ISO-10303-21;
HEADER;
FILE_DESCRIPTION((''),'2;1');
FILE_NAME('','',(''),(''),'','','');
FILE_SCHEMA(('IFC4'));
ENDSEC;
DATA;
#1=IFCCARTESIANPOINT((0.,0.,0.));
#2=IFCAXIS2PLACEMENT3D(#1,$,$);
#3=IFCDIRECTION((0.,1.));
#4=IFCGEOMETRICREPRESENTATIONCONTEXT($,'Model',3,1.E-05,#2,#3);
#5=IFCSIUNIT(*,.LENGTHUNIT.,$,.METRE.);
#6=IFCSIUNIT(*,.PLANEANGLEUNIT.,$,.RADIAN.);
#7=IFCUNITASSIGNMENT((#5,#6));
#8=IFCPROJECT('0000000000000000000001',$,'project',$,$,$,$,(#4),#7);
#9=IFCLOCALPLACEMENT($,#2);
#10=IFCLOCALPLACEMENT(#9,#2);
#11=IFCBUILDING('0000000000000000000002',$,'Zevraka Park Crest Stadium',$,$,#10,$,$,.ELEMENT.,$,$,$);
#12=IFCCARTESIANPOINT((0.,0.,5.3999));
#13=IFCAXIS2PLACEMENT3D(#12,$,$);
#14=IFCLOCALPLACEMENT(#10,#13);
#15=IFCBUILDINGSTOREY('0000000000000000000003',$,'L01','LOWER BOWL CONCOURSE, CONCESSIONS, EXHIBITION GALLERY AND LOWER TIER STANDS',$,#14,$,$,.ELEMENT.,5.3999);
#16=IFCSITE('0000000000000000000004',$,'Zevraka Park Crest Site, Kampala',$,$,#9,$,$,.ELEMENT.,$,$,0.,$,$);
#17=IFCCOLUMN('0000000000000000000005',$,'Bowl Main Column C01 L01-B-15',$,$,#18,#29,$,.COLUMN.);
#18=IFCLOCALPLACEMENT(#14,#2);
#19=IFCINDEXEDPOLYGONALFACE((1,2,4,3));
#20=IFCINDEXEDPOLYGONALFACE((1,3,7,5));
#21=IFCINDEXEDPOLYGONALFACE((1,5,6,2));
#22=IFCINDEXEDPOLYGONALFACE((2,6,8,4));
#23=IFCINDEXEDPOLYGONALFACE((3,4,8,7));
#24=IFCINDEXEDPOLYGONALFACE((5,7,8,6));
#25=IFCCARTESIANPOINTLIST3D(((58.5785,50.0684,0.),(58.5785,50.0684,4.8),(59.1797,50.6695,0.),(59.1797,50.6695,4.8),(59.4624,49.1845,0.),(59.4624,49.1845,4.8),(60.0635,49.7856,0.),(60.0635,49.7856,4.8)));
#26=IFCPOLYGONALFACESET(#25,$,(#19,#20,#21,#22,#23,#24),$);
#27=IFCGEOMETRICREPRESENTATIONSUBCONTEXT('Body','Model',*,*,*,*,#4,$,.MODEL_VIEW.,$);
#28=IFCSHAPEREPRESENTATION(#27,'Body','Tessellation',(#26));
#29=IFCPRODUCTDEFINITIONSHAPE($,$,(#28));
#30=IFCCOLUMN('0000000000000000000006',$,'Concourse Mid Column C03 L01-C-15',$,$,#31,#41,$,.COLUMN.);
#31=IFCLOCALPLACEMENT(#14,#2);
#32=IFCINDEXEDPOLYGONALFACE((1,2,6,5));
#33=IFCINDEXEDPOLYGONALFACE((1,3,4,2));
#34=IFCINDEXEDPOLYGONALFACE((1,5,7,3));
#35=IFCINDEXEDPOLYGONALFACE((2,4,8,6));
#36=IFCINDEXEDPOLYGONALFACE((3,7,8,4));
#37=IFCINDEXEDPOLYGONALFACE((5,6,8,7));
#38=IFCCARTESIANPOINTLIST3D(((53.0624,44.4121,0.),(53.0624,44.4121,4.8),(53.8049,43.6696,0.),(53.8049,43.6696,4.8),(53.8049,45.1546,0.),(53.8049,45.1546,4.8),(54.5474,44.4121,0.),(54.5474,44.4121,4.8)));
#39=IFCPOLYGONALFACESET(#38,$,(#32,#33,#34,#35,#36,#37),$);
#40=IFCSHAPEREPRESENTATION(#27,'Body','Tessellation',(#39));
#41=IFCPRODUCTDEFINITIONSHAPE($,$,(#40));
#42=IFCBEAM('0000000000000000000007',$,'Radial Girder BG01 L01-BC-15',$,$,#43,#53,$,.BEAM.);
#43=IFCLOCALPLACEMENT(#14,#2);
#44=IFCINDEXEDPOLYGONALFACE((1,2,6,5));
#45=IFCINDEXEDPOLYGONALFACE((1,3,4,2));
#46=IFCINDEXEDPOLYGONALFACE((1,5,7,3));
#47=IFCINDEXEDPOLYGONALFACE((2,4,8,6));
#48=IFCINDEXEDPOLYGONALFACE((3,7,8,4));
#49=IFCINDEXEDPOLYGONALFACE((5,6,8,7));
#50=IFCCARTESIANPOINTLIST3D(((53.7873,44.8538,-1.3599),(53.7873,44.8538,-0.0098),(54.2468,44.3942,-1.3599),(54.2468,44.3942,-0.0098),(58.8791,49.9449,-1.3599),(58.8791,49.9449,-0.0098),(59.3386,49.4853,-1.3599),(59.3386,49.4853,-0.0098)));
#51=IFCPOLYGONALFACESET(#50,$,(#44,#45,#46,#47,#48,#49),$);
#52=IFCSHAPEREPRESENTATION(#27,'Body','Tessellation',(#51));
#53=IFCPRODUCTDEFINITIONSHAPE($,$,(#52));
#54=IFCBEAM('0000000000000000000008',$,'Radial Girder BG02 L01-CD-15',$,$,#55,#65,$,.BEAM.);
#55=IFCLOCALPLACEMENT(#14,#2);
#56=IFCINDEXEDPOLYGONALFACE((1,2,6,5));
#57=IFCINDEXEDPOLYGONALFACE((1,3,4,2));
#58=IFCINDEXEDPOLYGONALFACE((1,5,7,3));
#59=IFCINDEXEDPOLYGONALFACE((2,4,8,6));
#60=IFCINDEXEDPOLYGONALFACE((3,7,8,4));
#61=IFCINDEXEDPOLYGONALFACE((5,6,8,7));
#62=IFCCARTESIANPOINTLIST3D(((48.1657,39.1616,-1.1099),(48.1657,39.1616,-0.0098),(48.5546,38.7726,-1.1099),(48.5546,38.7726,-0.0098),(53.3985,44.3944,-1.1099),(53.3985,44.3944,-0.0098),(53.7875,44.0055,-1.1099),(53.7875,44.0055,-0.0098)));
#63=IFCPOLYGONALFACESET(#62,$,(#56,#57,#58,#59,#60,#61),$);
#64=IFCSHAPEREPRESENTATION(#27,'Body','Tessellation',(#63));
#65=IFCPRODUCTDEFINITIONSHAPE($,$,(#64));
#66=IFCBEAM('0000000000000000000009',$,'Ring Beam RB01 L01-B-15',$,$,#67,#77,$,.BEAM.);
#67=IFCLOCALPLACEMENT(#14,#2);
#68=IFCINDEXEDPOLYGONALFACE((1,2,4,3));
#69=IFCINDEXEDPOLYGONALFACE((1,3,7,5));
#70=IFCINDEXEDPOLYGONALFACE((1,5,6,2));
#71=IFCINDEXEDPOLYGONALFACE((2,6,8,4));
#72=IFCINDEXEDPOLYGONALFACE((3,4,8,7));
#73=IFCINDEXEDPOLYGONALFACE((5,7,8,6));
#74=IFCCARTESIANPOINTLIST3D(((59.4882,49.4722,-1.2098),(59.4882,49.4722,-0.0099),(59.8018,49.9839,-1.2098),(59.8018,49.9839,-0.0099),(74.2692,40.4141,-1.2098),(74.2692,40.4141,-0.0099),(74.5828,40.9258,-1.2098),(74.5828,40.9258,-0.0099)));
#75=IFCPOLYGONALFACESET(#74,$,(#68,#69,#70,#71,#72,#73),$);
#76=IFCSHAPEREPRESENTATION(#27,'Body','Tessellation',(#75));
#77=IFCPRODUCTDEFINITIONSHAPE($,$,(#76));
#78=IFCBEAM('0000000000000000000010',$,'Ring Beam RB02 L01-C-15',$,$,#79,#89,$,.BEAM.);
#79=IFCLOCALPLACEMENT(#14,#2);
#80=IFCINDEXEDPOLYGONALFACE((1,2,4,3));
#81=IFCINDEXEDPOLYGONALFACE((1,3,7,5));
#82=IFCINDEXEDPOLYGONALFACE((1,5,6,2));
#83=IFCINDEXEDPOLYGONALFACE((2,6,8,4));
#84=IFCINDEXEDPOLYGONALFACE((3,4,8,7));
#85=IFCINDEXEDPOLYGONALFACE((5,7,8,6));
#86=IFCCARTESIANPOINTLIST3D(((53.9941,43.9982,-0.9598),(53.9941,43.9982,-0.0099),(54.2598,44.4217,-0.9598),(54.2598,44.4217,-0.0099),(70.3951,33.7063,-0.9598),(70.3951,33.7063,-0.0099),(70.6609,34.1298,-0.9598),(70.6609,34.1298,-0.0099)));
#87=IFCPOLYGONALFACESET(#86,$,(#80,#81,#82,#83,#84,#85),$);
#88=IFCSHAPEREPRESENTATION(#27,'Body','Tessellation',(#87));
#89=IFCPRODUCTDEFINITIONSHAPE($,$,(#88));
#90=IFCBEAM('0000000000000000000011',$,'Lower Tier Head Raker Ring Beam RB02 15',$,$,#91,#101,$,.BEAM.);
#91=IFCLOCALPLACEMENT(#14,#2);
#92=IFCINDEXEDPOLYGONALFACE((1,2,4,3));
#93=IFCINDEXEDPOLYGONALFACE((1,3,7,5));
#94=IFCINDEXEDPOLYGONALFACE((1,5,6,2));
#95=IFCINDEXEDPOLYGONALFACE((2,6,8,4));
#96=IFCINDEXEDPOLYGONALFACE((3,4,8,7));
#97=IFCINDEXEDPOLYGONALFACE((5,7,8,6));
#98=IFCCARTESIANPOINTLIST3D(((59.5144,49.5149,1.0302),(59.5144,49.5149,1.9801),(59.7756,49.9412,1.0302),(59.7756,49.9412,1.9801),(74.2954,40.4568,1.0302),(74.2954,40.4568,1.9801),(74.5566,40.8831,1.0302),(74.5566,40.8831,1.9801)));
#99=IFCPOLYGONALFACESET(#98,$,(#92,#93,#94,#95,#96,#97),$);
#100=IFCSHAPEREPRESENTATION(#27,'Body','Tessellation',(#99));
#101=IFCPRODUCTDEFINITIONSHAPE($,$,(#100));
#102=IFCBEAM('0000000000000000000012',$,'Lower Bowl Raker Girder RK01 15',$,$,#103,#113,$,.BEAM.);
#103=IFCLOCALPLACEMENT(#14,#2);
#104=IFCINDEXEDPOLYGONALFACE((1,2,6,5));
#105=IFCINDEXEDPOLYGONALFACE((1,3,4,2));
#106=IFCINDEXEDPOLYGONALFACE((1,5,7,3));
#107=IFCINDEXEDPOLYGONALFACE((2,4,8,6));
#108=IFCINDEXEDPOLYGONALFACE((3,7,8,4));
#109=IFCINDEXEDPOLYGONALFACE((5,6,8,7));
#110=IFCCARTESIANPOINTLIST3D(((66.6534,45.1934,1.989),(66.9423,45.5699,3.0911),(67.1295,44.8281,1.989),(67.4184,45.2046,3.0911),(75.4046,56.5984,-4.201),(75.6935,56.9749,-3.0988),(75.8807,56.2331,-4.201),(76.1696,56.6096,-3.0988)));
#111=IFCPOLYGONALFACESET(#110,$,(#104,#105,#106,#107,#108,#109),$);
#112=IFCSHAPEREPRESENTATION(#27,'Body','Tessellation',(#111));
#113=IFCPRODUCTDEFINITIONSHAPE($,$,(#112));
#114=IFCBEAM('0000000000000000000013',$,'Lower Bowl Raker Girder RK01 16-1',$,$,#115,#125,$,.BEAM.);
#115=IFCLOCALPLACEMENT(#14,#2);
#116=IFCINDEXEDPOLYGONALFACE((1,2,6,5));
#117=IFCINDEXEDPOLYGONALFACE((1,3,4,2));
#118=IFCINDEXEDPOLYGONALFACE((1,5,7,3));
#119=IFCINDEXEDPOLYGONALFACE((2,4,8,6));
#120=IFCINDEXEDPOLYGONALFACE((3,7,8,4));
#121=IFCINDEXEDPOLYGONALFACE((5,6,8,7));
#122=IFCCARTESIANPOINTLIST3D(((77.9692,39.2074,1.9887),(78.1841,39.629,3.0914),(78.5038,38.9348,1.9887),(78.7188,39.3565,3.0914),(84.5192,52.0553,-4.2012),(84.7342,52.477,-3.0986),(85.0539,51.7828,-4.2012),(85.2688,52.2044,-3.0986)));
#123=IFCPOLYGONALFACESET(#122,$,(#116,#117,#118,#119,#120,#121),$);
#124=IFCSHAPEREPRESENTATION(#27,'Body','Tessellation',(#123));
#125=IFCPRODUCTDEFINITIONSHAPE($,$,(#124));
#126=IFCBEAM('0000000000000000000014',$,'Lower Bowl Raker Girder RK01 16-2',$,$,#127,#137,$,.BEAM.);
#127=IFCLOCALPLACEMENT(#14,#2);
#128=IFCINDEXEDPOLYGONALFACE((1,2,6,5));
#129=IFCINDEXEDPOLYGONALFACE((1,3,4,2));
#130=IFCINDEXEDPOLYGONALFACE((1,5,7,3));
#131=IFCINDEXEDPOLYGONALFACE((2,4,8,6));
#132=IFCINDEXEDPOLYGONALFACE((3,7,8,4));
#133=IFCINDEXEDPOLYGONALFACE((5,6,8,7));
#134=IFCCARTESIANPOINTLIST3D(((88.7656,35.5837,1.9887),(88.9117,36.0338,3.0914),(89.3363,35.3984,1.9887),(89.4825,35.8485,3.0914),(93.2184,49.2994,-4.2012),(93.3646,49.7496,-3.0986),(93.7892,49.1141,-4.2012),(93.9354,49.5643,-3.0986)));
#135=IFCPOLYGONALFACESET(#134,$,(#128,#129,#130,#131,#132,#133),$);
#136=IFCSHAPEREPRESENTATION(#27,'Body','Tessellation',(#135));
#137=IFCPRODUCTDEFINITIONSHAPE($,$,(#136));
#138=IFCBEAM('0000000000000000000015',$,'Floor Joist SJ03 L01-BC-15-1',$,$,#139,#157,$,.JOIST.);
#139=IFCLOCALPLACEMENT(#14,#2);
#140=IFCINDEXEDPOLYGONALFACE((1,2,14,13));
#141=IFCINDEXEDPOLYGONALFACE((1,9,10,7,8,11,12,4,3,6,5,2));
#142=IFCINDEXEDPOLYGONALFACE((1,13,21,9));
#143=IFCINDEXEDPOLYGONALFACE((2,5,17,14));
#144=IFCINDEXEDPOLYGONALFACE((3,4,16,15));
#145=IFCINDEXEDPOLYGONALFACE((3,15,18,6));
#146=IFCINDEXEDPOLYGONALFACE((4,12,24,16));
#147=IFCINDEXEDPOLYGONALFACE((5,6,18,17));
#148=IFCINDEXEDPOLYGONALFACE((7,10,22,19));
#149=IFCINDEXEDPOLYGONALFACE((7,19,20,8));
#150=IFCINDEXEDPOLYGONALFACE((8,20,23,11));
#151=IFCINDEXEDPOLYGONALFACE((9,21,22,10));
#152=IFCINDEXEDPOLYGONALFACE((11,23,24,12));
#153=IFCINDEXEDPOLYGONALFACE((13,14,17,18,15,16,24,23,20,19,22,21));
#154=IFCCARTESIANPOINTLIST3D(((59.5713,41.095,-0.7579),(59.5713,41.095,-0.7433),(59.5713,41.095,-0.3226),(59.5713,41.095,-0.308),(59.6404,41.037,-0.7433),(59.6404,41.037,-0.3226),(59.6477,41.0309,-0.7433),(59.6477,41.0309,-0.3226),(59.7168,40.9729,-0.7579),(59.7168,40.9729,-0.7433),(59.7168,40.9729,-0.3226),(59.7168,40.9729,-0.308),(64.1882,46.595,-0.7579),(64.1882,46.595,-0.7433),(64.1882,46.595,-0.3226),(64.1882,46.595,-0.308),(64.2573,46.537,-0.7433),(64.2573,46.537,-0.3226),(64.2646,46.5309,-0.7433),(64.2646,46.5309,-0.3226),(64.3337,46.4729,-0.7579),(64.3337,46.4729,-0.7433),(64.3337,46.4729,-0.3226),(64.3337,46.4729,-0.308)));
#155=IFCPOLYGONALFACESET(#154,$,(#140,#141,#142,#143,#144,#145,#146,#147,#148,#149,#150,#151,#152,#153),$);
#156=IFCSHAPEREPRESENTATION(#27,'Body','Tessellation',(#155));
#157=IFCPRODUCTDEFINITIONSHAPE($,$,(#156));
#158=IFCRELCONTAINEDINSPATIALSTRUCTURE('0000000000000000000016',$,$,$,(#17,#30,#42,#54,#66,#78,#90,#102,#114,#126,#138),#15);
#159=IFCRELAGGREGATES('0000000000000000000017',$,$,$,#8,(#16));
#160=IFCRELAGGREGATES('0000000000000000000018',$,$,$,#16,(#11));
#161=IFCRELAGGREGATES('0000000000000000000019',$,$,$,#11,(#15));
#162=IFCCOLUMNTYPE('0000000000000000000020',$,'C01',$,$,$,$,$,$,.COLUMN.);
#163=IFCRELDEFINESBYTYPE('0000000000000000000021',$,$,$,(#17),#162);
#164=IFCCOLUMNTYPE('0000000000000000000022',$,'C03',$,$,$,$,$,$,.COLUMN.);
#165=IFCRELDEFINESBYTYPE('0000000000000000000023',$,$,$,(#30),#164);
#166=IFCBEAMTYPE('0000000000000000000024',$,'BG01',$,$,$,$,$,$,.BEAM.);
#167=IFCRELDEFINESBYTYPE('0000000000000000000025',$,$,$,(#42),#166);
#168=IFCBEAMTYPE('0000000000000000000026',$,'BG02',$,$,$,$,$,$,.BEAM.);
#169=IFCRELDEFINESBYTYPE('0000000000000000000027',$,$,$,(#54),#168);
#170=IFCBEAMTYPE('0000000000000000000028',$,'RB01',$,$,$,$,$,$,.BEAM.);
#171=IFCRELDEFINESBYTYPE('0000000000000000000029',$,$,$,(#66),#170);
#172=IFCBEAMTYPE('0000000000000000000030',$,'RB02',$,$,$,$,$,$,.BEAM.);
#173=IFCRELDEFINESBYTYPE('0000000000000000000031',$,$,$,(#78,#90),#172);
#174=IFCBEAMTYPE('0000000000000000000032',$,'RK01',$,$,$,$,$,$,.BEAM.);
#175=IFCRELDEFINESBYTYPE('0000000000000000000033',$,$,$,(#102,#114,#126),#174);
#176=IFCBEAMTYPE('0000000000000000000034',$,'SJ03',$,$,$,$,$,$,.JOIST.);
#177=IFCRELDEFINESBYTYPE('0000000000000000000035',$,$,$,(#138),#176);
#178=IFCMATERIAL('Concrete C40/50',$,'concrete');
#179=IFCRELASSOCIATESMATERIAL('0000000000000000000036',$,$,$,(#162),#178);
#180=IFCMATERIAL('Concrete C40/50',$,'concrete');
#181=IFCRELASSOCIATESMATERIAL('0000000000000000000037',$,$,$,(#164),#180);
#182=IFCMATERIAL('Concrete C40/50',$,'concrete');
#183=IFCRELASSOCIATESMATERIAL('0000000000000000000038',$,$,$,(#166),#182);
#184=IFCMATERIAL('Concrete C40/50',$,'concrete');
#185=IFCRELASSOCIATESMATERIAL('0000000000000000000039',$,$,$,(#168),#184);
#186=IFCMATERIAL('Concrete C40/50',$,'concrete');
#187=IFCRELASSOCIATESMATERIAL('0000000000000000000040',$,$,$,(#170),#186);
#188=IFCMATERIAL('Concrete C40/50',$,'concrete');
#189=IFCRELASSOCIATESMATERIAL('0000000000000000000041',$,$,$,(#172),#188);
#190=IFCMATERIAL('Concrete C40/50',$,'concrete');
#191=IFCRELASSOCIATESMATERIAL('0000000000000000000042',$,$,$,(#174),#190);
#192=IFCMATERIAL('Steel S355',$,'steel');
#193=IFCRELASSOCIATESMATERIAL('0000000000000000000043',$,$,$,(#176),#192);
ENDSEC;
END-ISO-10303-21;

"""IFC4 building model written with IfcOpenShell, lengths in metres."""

from ifc_helpers import new_model, si_unit, direction, frame, origin, origin_2d, place, context, subcontext, project, spatial, rectangle, i_section, extrude, material, material_profile, profile_set, type_object, element, save


model = new_model("IFC4")

# Units and contexts
model_context = context("Model", 3, precision=1e-05, world=origin(), true_north=direction((0.0, 1.0)))
body_context = subcontext(model_context, "Body", "Model", "MODEL_VIEW")
ifc_project = project(units=[si_unit("LENGTHUNIT", "METRE"), si_unit("PLANEANGLEUNIT", "RADIAN")], contexts=[model_context])

# Site, building, storey
site_placement = place(None, origin())
site = spatial("IfcSite", under=ifc_project, at=site_placement, Name="Zevraka Park Crest Site, Kampala", CompositionType="ELEMENT", RefElevation=0.0)
building_placement = place(site_placement, origin())
building = spatial("IfcBuilding", under=site, at=building_placement, Name="Zevraka Park Crest Stadium", CompositionType="ELEMENT")
storey_placement = place(building_placement, frame((0.0, 0.0, 5.3999)))
storey = spatial("IfcBuildingStorey", under=building, at=storey_placement, Name="L01", Description="LOWER BOWL CONCOURSE, CONCESSIONS, EXHIBITION GALLERY AND LOWER TIER STANDS", CompositionType="ELEMENT", Elevation=5.3999)

# Columns
ifc_material_1 = material(Name="Concrete C40/50", Category="concrete")
ifc_material_profile_1 = material_profile(ifc_material_1, rectangle(XDim=0.8501, YDim=1.25, at=origin_2d()), Name="RC 1250x850")
ifc_profile_set_1 = profile_set([ifc_material_profile_1], Name="Concrete C40/50")
column_type_1 = type_object("IfcColumnType", Name="C01", PredefinedType="COLUMN", material=ifc_profile_set_1)
column_1_placement = place(storey_placement, frame((59.321, 49.927, 0.0), z_axis=(0.0, 0.0, 1.0), x_axis=(0.707107, 0.707107, 0.0)))
element("IfcColumn", 1, at=column_1_placement, inside=storey, type_object=column_type_1, Name="Bowl Main Column C01 L01-B-15", PredefinedType="COLUMN", context=body_context, shape_type="SweptSolid", body=[
    extrude(rectangle(XDim=0.8501, YDim=1.25, at=origin_2d()), origin(), (0.0, 0.0, 1.0), 4.8),
])
ifc_material_2 = material(Name="Concrete C40/50", Category="concrete")
ifc_material_profile_2 = material_profile(ifc_material_2, rectangle(XDim=1.05, YDim=1.05, at=origin_2d()), Name="RC 1050x1050")
ifc_profile_set_2 = profile_set([ifc_material_profile_2], Name="Concrete C40/50")
column_type_2 = type_object("IfcColumnType", Name="C03", PredefinedType="COLUMN", material=ifc_profile_set_2)
column_2_placement = place(storey_placement, frame((53.8049, 44.4121, 0.0), z_axis=(0.0, 0.0, 1.0), x_axis=(0.707107, 0.707107, 0.0)))
element("IfcColumn", 2, at=column_2_placement, inside=storey, type_object=column_type_2, Name="Concourse Mid Column C03 L01-C-15", PredefinedType="COLUMN", context=body_context, shape_type="SweptSolid", body=[
    extrude(rectangle(XDim=1.05, YDim=1.05, at=origin_2d()), origin(), (0.0, 0.0, 1.0), 4.8),
])

# Beams
ifc_material_3 = material(Name="Concrete C40/50", Category="concrete")
ifc_material_profile_3 = material_profile(ifc_material_3, rectangle(XDim=0.6499, YDim=1.3501, at=origin_2d()), Name="RC 1350x650")
ifc_profile_set_3 = profile_set([ifc_material_profile_3], Name="Concrete C40/50")
beam_type_1 = type_object("IfcBeamType", Name="BG01", PredefinedType="BEAM", material=ifc_profile_set_3)
beam_1_placement = place(storey_placement, frame((59.1089, 49.7151, -0.6848), z_axis=(-0.707158, -0.707056, 0.0), x_axis=(0.707056, -0.707158, 0.0)))
element("IfcBeam", 3, at=beam_1_placement, inside=storey, type_object=beam_type_1, Name="Radial Girder BG01 L01-BC-15", PredefinedType="BEAM", context=body_context, shape_type="SweptSolid", body=[
    extrude(rectangle(XDim=0.6499, YDim=1.3501, at=origin_2d()), origin(), (0.0, 0.0, 1.0), 7.2004),
])
ifc_material_4 = material(Name="Concrete C40/50", Category="concrete")
ifc_material_profile_4 = material_profile(ifc_material_4, rectangle(XDim=0.55, YDim=1.1001, at=origin_2d()), Name="RC 1100x550")
ifc_profile_set_4 = profile_set([ifc_material_profile_4], Name="Concrete C40/50")
beam_type_2 = type_object("IfcBeamType", Name="BG02", PredefinedType="BEAM", material=ifc_profile_set_4)
beam_2_placement = place(storey_placement, frame((53.593, 44.2, -0.5598), z_axis=(-0.707107, -0.707107, 0.0), x_axis=(0.707107, -0.707107, 0.0)))
element("IfcBeam", 4, at=beam_2_placement, inside=storey, type_object=beam_type_2, Name="Radial Girder BG02 L01-CD-15", PredefinedType="BEAM", context=body_context, shape_type="SweptSolid", body=[
    extrude(rectangle(XDim=0.55, YDim=1.1001, at=origin_2d()), origin(), (0.0, 0.0, 1.0), 7.4004),
])
ifc_material_5 = material(Name="Concrete C40/50", Category="concrete")
ifc_material_profile_5 = material_profile(ifc_material_5, rectangle(XDim=0.6001, YDim=1.2, at=origin_2d()), Name="RC 1200x600")
ifc_profile_set_5 = profile_set([ifc_material_profile_5], Name="Concrete C40/50")
beam_type_3 = type_object("IfcBeamType", Name="RB01", PredefinedType="BEAM", material=ifc_profile_set_5)
beam_3_placement = place(storey_placement, frame((59.645, 49.728, -0.6099), z_axis=(0.852633, -0.522511, 0.0), x_axis=(0.522511, 0.852633, 0.0)))
element("IfcBeam", 5, at=beam_3_placement, inside=storey, type_object=beam_type_3, Name="Ring Beam RB01 L01-B-15", PredefinedType="BEAM", context=body_context, shape_type="SweptSolid", body=[
    extrude(rectangle(XDim=0.6001, YDim=1.2, at=origin_2d()), origin(), (0.0, 0.0, 1.0), 17.3357),
])
ifc_material_6 = material(Name="Concrete C40/50", Category="concrete")
ifc_material_profile_6 = material_profile(ifc_material_6, rectangle(XDim=0.5, YDim=0.95, at=origin_2d()), Name="RC 950x500")
ifc_profile_set_6 = profile_set([ifc_material_profile_6], Name="Concrete C40/50")
beam_type_4 = type_object("IfcBeamType", Name="RB02", PredefinedType="BEAM", material=ifc_profile_set_6)
beam_4_placement = place(storey_placement, frame((54.127, 44.21, -0.4849), z_axis=(0.847039, -0.531532, 0.0), x_axis=(0.531532, 0.847039, 0.0)))
element("IfcBeam", 6, at=beam_4_placement, inside=storey, type_object=beam_type_4, Name="Ring Beam RB02 L01-C-15", PredefinedType="BEAM", context=body_context, shape_type="SweptSolid", body=[
    extrude(rectangle(XDim=0.5, YDim=0.95, at=origin_2d()), origin(), (0.0, 0.0, 1.0), 19.3628),
])
beam_5_placement = place(storey_placement, frame((59.645, 49.728, 1.5051), z_axis=(0.852633, -0.522511, 0.0), x_axis=(0.522511, 0.852633, 0.0)))
element("IfcBeam", 7, at=beam_5_placement, inside=storey, type_object=beam_type_4, Name="Lower Tier Head Raker Ring Beam RB02 15", PredefinedType="BEAM", context=body_context, shape_type="SweptSolid", body=[
    extrude(rectangle(XDim=0.5, YDim=0.95, at=origin_2d()), origin(), (0.0, 0.0, 1.0), 17.3357),
])
ifc_material_7 = material(Name="Concrete C40/50", Category="concrete")
ifc_material_profile_7 = material_profile(ifc_material_7, rectangle(XDim=0.6001, YDim=1.2, at=origin_2d()), Name="RC 1200x600")
ifc_profile_set_7 = profile_set([ifc_material_profile_7], Name="Concrete C40/50")
beam_type_5 = type_object("IfcBeamType", Name="RK01", PredefinedType="BEAM", material=ifc_profile_set_7)
beam_6_placement = place(storey_placement, frame((75.7871, 56.604, -3.6499), z_axis=(-0.559125, -0.728679, 0.395482), x_axis=(0.793359, -0.608754, 0.0)))
element("IfcBeam", 8, at=beam_6_placement, inside=storey, type_object=beam_type_5, Name="Lower Bowl Raker Girder RK01 15", PredefinedType="BEAM", context=body_context, shape_type="SweptSolid", body=[
    extrude(rectangle(XDim=0.6001, YDim=1.2, at=origin_2d()), origin(), (0.0, 0.0, 1.0), 15.6516),
])
beam_7_placement = place(storey_placement, frame((84.894, 52.1299, -3.6499), z_axis=(-0.417372, -0.818675, 0.394426), x_axis=(0.890902, -0.454195, 0.0)))
element("IfcBeam", 9, at=beam_7_placement, inside=storey, type_object=beam_type_5, Name="Lower Bowl Raker Girder RK01 16-1", PredefinedType="BEAM", context=body_context, shape_type="SweptSolid", body=[
    extrude(rectangle(XDim=0.6001, YDim=1.2, at=origin_2d()), origin(), (0.0, 0.0, 1.0), 15.6936),
])
beam_8_placement = place(storey_placement, frame((93.5769, 49.4319, -3.6499), z_axis=(-0.283751, -0.874014, 0.394442), x_axis=(0.951131, -0.308787, 0.0)))
element("IfcBeam", 10, at=beam_8_placement, inside=storey, type_object=beam_type_5, Name="Lower Bowl Raker Girder RK01 16-2", PredefinedType="BEAM", context=body_context, shape_type="SweptSolid", body=[
    extrude(rectangle(XDim=0.6001, YDim=1.2, at=origin_2d()), origin(), (0.0, 0.0, 1.0), 15.6929),
])
ifc_material_8 = material(Name="Steel S355", Category="steel")
ifc_material_profile_8 = material_profile(ifc_material_8, i_section(OverallWidth=0.1899, OverallDepth=0.45, WebThickness=0.0095, FlangeThickness=0.0146, at=origin_2d()), Name="IPE 450")
ifc_profile_set_8 = profile_set([ifc_material_profile_8], Name="Steel S355")
beam_type_6 = type_object("IfcBeamType", Name="SJ03", PredefinedType="JOIST", material=ifc_profile_set_8)
beam_9_placement = place(storey_placement, frame((64.261, 46.5339, -0.533), z_axis=(-0.642942, -0.765914, 0.0), x_axis=(0.765914, -0.642942, 0.0)))
element("IfcBeam", 11, at=beam_9_placement, inside=storey, type_object=beam_type_6, Name="Floor Joist SJ03 L01-BC-15-1", PredefinedType="JOIST", context=body_context, shape_type="SweptSolid", body=[
    extrude(i_section(OverallWidth=0.1899, OverallDepth=0.45, WebThickness=0.0095, FlangeThickness=0.0146, at=origin_2d()), origin(), (0.0, 0.0, 1.0), 7.1809),
])

save(model, "model.ifc")
